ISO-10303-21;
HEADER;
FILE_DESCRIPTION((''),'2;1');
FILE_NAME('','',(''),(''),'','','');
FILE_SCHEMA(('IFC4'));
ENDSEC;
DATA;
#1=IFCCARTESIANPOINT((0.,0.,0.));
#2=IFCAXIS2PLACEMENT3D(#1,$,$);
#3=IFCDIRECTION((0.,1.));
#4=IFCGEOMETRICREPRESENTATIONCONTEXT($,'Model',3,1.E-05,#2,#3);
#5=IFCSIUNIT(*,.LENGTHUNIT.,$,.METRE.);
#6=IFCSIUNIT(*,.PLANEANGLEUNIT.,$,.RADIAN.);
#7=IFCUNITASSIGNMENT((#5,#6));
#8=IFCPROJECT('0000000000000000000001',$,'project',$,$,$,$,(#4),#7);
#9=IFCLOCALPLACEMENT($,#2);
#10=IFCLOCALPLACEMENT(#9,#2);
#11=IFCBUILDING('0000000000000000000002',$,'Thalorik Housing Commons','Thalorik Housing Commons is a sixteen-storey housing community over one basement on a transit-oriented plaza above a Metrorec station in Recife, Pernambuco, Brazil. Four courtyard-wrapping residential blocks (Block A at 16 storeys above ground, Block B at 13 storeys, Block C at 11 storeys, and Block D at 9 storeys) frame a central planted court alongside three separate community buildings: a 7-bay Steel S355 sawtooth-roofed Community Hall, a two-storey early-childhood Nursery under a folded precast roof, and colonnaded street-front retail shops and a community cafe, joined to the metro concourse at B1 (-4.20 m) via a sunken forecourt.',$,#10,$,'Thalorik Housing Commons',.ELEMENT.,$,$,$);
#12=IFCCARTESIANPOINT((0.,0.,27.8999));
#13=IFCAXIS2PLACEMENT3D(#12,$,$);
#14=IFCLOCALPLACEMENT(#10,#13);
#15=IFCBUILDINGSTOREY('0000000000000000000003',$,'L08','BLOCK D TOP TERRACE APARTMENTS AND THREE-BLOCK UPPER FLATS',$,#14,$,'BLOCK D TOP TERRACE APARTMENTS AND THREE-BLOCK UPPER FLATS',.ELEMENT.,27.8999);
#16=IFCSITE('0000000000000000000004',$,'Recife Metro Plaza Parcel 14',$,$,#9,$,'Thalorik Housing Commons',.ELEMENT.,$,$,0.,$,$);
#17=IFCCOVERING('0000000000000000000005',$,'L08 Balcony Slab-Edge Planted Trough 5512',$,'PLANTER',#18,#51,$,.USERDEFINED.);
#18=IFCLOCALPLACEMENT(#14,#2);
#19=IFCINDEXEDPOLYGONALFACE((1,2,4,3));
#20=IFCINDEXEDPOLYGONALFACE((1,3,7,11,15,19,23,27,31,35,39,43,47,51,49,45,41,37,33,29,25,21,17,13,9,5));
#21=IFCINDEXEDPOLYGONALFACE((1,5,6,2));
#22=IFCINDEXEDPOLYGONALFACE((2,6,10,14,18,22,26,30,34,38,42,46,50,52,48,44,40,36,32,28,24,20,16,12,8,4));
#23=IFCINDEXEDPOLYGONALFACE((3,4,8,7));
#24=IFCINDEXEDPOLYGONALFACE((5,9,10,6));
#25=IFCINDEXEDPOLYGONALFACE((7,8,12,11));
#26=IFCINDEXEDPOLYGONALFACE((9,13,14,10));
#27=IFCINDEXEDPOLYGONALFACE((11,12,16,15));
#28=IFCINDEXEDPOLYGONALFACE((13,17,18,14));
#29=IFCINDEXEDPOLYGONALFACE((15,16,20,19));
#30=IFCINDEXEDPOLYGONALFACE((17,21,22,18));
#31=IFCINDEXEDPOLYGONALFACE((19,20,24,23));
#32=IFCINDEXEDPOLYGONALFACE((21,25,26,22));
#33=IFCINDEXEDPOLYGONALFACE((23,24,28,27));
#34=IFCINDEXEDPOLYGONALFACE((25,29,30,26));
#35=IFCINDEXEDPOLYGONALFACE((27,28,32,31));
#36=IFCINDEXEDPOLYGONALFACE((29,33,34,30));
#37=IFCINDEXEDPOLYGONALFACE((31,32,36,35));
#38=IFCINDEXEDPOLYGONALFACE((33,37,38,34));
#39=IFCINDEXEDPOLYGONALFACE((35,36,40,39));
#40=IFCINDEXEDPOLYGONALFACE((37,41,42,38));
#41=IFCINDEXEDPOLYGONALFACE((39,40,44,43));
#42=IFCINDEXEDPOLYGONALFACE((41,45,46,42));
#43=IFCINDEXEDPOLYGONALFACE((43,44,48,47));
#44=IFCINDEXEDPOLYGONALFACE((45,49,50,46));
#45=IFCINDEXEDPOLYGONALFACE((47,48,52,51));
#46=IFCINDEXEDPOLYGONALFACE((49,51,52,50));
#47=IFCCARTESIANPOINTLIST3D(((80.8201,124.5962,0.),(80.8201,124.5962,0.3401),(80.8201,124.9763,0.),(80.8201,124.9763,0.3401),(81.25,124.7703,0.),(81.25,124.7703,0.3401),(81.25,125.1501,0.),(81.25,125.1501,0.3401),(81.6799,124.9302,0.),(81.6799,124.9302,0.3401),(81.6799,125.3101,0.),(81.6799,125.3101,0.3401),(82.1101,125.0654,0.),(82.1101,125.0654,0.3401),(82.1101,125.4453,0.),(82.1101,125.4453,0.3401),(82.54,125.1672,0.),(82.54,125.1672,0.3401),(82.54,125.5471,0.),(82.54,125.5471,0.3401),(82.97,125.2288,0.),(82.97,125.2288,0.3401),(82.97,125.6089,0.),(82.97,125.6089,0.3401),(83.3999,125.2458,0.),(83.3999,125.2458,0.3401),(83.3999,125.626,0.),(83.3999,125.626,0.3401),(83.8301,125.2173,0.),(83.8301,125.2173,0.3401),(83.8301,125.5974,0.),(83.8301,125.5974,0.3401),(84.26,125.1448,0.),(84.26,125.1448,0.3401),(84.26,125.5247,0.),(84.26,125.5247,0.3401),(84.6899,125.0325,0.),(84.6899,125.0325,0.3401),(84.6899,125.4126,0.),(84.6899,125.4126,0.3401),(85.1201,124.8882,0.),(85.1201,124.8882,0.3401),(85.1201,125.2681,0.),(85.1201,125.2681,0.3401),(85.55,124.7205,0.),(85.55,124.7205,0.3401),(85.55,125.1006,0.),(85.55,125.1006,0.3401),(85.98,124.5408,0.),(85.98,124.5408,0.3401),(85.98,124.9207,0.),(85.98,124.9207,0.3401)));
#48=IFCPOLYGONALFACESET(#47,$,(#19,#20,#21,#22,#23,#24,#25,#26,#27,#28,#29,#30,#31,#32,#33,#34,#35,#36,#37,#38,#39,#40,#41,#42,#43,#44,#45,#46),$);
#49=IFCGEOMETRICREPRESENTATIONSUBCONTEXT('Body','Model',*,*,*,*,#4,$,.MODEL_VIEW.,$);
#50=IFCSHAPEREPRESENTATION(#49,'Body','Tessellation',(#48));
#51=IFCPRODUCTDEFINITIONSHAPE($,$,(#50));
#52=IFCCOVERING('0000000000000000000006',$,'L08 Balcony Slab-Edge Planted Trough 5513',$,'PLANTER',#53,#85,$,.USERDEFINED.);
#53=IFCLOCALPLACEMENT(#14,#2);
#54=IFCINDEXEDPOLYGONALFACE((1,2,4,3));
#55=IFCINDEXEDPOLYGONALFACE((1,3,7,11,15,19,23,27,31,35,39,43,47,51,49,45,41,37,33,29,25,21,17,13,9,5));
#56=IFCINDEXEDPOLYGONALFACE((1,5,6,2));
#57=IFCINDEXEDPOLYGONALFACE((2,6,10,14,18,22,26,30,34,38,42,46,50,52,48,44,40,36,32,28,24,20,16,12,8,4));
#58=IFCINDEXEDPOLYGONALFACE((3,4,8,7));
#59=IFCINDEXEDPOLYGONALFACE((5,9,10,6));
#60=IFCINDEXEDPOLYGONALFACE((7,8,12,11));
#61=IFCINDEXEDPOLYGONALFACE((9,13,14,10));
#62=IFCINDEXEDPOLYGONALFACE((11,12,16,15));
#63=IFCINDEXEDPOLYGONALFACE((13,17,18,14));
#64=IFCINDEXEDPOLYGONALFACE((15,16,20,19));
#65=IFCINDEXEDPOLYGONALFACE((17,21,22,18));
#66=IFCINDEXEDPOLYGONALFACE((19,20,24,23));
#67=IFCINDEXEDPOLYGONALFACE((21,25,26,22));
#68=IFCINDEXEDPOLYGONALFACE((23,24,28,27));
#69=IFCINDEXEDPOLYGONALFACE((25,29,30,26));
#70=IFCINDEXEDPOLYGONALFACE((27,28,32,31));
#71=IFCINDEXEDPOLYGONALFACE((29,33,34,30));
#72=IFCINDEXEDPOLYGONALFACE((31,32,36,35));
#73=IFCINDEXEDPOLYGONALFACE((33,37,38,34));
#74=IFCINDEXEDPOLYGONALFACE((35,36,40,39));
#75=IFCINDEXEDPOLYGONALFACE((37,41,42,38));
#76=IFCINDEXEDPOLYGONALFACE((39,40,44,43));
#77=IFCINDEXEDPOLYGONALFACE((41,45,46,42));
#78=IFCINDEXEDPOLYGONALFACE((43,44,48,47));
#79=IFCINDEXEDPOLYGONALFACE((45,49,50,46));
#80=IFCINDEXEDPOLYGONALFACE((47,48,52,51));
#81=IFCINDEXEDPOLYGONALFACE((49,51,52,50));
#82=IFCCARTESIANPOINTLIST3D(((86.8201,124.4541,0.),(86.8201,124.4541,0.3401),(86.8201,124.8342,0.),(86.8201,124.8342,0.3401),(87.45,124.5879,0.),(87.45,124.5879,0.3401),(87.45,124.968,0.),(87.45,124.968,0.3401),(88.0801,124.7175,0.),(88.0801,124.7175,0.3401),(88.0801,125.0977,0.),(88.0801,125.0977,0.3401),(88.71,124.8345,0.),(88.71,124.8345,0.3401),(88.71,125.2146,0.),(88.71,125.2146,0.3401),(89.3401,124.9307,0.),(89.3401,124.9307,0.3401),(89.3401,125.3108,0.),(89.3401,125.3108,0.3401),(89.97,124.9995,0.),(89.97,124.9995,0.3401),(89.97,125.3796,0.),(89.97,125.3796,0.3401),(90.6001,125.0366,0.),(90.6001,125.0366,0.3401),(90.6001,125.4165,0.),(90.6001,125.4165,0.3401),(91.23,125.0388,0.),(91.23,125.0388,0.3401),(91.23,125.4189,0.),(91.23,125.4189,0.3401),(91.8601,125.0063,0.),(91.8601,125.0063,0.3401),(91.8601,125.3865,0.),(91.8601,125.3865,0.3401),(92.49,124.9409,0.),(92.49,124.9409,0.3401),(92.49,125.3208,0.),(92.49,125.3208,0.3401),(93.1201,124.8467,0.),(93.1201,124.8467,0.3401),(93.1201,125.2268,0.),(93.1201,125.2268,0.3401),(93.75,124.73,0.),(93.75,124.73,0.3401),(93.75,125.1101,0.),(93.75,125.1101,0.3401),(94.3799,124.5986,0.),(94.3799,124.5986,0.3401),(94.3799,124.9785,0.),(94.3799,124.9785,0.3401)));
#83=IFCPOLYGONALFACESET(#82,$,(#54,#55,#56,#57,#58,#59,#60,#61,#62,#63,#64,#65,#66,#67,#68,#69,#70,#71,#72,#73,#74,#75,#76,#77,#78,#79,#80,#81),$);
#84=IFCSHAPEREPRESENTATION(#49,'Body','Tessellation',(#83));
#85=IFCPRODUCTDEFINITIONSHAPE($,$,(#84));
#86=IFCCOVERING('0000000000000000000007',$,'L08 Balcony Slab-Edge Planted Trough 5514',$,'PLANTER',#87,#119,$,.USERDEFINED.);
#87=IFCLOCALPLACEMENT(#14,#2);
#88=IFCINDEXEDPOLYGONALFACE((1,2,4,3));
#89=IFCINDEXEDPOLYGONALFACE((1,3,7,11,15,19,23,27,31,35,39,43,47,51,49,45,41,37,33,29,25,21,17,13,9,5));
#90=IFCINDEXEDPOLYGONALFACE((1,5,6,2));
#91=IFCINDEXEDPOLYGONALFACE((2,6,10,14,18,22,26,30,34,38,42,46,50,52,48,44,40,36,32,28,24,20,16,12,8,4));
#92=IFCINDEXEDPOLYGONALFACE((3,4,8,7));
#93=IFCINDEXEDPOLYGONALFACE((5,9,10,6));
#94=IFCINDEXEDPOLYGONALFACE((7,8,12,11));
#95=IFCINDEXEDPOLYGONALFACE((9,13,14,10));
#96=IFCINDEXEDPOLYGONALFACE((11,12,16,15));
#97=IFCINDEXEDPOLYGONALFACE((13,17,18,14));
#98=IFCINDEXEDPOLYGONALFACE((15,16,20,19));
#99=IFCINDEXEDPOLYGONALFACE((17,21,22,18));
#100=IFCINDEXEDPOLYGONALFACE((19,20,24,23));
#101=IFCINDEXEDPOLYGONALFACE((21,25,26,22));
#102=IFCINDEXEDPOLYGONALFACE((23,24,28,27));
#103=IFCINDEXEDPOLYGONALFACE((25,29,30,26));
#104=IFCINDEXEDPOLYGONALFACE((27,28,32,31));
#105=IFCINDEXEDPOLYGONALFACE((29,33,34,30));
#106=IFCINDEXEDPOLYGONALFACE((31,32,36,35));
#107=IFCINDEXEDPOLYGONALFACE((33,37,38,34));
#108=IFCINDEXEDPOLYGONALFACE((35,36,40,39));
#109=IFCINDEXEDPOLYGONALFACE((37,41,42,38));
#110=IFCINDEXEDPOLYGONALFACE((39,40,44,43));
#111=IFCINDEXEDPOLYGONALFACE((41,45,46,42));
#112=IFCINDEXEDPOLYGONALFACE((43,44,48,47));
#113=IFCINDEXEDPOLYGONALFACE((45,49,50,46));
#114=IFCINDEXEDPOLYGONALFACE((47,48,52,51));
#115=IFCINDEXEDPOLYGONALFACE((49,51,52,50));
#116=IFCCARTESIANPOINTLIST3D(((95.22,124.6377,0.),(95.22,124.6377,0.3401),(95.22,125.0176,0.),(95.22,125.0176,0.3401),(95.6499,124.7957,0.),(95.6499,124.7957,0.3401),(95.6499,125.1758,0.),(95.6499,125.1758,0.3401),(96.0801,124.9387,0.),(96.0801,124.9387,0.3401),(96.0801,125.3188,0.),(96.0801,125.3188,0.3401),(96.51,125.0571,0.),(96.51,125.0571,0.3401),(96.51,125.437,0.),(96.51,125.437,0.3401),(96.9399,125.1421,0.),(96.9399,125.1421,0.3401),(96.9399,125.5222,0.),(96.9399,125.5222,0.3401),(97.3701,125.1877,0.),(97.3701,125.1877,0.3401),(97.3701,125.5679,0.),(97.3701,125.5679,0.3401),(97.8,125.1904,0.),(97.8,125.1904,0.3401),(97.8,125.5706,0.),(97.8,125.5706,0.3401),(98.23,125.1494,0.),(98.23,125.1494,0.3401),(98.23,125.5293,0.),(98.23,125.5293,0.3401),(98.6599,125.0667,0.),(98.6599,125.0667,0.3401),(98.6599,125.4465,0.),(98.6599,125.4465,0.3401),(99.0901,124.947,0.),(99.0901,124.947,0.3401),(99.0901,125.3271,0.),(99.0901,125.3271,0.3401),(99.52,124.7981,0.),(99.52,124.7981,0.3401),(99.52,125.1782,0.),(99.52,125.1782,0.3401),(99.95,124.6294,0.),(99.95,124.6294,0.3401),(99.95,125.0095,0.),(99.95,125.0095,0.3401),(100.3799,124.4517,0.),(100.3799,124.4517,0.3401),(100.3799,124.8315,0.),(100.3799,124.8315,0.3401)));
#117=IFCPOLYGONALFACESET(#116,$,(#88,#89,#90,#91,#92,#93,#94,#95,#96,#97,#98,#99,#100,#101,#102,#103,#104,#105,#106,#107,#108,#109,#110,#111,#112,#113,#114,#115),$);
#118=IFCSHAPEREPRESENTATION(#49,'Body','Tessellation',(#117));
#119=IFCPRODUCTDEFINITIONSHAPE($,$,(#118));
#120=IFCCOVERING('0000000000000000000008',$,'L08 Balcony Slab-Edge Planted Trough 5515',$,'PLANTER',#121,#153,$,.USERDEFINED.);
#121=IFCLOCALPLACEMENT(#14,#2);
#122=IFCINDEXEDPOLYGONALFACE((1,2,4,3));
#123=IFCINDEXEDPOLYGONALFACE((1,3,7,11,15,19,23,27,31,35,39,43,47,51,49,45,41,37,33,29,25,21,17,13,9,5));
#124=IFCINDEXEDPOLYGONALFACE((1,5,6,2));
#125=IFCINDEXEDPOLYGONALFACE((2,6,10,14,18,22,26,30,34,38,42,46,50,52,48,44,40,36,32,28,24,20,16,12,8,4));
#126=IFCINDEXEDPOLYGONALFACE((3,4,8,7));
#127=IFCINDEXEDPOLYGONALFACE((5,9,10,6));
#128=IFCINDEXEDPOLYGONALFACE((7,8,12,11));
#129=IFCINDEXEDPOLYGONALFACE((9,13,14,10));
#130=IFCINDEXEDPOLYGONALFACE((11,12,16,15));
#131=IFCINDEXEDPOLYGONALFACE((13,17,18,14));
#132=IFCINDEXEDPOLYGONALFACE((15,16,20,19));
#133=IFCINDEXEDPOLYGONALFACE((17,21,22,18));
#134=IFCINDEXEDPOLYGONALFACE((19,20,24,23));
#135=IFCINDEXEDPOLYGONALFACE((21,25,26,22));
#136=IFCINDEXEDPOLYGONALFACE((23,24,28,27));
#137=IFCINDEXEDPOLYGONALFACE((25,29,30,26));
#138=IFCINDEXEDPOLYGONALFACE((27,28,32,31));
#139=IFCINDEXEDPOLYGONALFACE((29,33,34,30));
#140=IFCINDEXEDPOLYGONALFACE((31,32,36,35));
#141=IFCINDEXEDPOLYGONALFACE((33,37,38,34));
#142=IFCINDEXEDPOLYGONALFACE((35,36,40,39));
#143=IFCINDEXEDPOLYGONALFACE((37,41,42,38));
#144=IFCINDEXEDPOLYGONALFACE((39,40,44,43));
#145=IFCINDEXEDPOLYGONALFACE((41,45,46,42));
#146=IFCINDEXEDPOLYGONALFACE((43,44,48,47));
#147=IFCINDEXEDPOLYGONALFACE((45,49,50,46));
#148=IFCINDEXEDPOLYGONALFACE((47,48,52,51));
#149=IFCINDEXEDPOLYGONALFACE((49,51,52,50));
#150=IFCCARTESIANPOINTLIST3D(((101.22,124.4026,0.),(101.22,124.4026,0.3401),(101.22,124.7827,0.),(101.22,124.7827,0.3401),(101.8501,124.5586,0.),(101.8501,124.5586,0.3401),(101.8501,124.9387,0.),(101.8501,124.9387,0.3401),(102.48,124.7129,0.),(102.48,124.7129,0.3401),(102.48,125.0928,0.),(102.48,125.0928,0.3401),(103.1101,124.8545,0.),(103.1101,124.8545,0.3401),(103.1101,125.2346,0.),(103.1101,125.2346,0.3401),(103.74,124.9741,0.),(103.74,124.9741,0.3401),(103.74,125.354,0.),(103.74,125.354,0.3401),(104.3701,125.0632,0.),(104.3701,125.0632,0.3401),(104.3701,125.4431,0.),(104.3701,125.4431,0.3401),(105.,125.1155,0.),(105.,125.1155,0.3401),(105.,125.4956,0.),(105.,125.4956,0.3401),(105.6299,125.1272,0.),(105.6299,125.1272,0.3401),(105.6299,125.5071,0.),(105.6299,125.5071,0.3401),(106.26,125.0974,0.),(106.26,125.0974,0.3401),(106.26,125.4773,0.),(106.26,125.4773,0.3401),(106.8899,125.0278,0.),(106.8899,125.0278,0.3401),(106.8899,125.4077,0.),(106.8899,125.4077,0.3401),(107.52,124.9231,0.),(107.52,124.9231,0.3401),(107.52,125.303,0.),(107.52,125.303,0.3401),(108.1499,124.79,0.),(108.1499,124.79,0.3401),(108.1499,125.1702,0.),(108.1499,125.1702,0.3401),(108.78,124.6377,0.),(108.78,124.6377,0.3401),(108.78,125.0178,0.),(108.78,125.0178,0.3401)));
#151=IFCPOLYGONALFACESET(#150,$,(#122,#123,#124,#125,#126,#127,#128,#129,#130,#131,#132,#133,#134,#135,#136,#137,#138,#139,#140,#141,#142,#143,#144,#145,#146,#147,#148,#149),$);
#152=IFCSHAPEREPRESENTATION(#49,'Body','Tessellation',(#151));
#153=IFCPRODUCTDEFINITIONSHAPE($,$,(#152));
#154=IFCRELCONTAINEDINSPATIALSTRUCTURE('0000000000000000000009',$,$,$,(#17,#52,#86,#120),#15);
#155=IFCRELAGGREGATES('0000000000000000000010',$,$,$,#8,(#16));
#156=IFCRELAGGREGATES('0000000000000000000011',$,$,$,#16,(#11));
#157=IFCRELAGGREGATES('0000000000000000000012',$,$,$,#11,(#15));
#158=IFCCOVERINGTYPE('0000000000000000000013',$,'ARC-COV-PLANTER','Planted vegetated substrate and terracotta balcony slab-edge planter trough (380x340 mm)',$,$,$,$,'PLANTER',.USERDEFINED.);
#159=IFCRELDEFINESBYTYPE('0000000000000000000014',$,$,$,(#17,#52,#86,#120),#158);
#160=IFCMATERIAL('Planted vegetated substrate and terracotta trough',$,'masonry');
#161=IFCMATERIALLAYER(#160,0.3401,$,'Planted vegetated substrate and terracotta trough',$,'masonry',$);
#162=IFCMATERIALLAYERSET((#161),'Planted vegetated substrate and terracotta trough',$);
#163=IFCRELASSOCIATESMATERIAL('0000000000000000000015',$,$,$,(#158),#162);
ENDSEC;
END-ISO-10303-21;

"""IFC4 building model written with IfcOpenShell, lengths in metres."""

from ifc_helpers import new_model, si_unit, direction, frame, origin, place, context, subcontext, project, spatial, polyline, outline, extrude, material, layer, layer_set, type_object, element, save


model = new_model("IFC4")

# Units and contexts
model_context = context("Model", 3, precision=1e-05, world=origin(), true_north=direction((0.0, 1.0)))
body_context = subcontext(model_context, "Body", "Model", "MODEL_VIEW")
ifc_project = project(units=[si_unit("LENGTHUNIT", "METRE"), si_unit("PLANEANGLEUNIT", "RADIAN")], contexts=[model_context])

# Site, building, storey
site_placement = place(None, origin())
site = spatial("IfcSite", under=ifc_project, at=site_placement, Name="Recife Metro Plaza Parcel 14", LongName="Thalorik Housing Commons", CompositionType="ELEMENT", RefElevation=0.0)
building_placement = place(site_placement, origin())
building = spatial("IfcBuilding", under=site, at=building_placement, Name="Thalorik Housing Commons", Description="Thalorik Housing Commons is a sixteen-storey housing community over one basement on a transit-oriented plaza above a Metrorec station in Recife, Pernambuco, Brazil. Four courtyard-wrapping residential blocks (Block A at 16 storeys above ground, Block B at 13 storeys, Block C at 11 storeys, and Block D at 9 storeys) frame a central planted court alongside three separate community buildings: a 7-bay Steel S355 sawtooth-roofed Community Hall, a two-storey early-childhood Nursery under a folded precast roof, and colonnaded street-front retail shops and a community cafe, joined to the metro concourse at B1 (-4.20 m) via a sunken forecourt.", LongName="Thalorik Housing Commons", CompositionType="ELEMENT")
storey_placement = place(building_placement, frame((0.0, 0.0, 27.8999)))
storey = spatial("IfcBuildingStorey", under=building, at=storey_placement, Name="L08", Description="BLOCK D TOP TERRACE APARTMENTS AND THREE-BLOCK UPPER FLATS", LongName="BLOCK D TOP TERRACE APARTMENTS AND THREE-BLOCK UPPER FLATS", CompositionType="ELEMENT", Elevation=27.8999)

# Coverings
ifc_material = material(Name="Planted vegetated substrate and terracotta trough", Category="masonry")
ifc_layer = layer(ifc_material, 0.3401, Name="Planted vegetated substrate and terracotta trough", Category="masonry")
ifc_layer_set = layer_set([ifc_layer], Name="Planted vegetated substrate and terracotta trough")
covering_type = type_object("IfcCoveringType", Name="ARC-COV-PLANTER", Description="Planted vegetated substrate and terracotta balcony slab-edge planter trough (380x340 mm)", ElementType="PLANTER", PredefinedType="USERDEFINED", material=ifc_layer_set)
covering_1_placement = place(storey_placement, origin())
element("IfcCovering", 1, at=covering_1_placement, inside=storey, type_object=covering_type, Name="L08 Balcony Slab-Edge Planted Trough 5512", ObjectType="PLANTER", PredefinedType="USERDEFINED", context=body_context, shape_type="SweptSolid", body=[
    extrude(outline(polyline([(85.98, 124.9207), (85.55, 125.1006), (85.1201, 125.2681), (84.6899, 125.4126), (84.26, 125.5247), (83.8301, 125.5974), (83.3999, 125.626), (82.97, 125.6089), (82.54, 125.5471), (82.1101, 125.4453), (81.6799, 125.3101), (81.25, 125.1501), (80.8201, 124.9763), (80.8201, 124.5962), (81.25, 124.7703), (81.6799, 124.9302), (82.1101, 125.0654), (82.54, 125.1672), (82.97, 125.2288), (83.3999, 125.2458), (83.8301, 125.2173), (84.26, 125.1448), (84.6899, 125.0325), (85.1201, 124.8882), (85.55, 124.7205), (85.98, 124.5408), (85.98, 124.9207)])), origin(), (0.0, 0.0, 1.0), 0.3401),
])
covering_2_placement = place(storey_placement, origin())
element("IfcCovering", 2, at=covering_2_placement, inside=storey, type_object=covering_type, Name="L08 Balcony Slab-Edge Planted Trough 5513", ObjectType="PLANTER", PredefinedType="USERDEFINED", context=body_context, shape_type="SweptSolid", body=[
    extrude(outline(polyline([(94.3799, 124.9785), (93.75, 125.1101), (93.1201, 125.2268), (92.49, 125.3208), (91.8601, 125.3865), (91.23, 125.4189), (90.6001, 125.4165), (89.97, 125.3796), (89.3401, 125.3108), (88.71, 125.2146), (88.0801, 125.0977), (87.45, 124.968), (86.8201, 124.8342), (86.8201, 124.4541), (87.45, 124.5879), (88.0801, 124.7175), (88.71, 124.8345), (89.3401, 124.9307), (89.97, 124.9995), (90.6001, 125.0366), (91.23, 125.0388), (91.8601, 125.0063), (92.49, 124.9409), (93.1201, 124.8467), (93.75, 124.73), (94.3799, 124.5986), (94.3799, 124.9785)])), origin(), (0.0, 0.0, 1.0), 0.3401),
])
covering_3_placement = place(storey_placement, origin())
element("IfcCovering", 3, at=covering_3_placement, inside=storey, type_object=covering_type, Name="L08 Balcony Slab-Edge Planted Trough 5514", ObjectType="PLANTER", PredefinedType="USERDEFINED", context=body_context, shape_type="SweptSolid", body=[
    extrude(outline(polyline([(100.3799, 124.8315), (99.95, 125.0095), (99.52, 125.1782), (99.0901, 125.3271), (98.6599, 125.4465), (98.23, 125.5293), (97.8, 125.5706), (97.3701, 125.5679), (96.9399, 125.5222), (96.51, 125.437), (96.0801, 125.3188), (95.6499, 125.1758), (95.22, 125.0176), (95.22, 124.6377), (95.6499, 124.7957), (96.0801, 124.9387), (96.51, 125.0571), (96.9399, 125.1421), (97.3701, 125.1877), (97.8, 125.1904), (98.23, 125.1494), (98.6599, 125.0667), (99.0901, 124.947), (99.52, 124.7981), (99.95, 124.6294), (100.3799, 124.4517), (100.3799, 124.8315)])), origin(), (0.0, 0.0, 1.0), 0.3401),
])
covering_4_placement = place(storey_placement, origin())
element("IfcCovering", 4, at=covering_4_placement, inside=storey, type_object=covering_type, Name="L08 Balcony Slab-Edge Planted Trough 5515", ObjectType="PLANTER", PredefinedType="USERDEFINED", context=body_context, shape_type="SweptSolid", body=[
    extrude(outline(polyline([(108.78, 125.0178), (108.1499, 125.1702), (107.52, 125.303), (106.8899, 125.4077), (106.26, 125.4773), (105.6299, 125.5071), (105.0, 125.4956), (104.3701, 125.4431), (103.74, 125.354), (103.1101, 125.2346), (102.48, 125.0928), (101.8501, 124.9387), (101.22, 124.7827), (101.22, 124.4026), (101.8501, 124.5586), (102.48, 124.7129), (103.1101, 124.8545), (103.74, 124.9741), (104.3701, 125.0632), (105.0, 125.1155), (105.6299, 125.1272), (106.26, 125.0974), (106.8899, 125.0278), (107.52, 124.9231), (108.1499, 124.79), (108.78, 124.6377), (108.78, 125.0178)])), origin(), (0.0, 0.0, 1.0), 0.3401),
])

save(model, "model.ifc")
